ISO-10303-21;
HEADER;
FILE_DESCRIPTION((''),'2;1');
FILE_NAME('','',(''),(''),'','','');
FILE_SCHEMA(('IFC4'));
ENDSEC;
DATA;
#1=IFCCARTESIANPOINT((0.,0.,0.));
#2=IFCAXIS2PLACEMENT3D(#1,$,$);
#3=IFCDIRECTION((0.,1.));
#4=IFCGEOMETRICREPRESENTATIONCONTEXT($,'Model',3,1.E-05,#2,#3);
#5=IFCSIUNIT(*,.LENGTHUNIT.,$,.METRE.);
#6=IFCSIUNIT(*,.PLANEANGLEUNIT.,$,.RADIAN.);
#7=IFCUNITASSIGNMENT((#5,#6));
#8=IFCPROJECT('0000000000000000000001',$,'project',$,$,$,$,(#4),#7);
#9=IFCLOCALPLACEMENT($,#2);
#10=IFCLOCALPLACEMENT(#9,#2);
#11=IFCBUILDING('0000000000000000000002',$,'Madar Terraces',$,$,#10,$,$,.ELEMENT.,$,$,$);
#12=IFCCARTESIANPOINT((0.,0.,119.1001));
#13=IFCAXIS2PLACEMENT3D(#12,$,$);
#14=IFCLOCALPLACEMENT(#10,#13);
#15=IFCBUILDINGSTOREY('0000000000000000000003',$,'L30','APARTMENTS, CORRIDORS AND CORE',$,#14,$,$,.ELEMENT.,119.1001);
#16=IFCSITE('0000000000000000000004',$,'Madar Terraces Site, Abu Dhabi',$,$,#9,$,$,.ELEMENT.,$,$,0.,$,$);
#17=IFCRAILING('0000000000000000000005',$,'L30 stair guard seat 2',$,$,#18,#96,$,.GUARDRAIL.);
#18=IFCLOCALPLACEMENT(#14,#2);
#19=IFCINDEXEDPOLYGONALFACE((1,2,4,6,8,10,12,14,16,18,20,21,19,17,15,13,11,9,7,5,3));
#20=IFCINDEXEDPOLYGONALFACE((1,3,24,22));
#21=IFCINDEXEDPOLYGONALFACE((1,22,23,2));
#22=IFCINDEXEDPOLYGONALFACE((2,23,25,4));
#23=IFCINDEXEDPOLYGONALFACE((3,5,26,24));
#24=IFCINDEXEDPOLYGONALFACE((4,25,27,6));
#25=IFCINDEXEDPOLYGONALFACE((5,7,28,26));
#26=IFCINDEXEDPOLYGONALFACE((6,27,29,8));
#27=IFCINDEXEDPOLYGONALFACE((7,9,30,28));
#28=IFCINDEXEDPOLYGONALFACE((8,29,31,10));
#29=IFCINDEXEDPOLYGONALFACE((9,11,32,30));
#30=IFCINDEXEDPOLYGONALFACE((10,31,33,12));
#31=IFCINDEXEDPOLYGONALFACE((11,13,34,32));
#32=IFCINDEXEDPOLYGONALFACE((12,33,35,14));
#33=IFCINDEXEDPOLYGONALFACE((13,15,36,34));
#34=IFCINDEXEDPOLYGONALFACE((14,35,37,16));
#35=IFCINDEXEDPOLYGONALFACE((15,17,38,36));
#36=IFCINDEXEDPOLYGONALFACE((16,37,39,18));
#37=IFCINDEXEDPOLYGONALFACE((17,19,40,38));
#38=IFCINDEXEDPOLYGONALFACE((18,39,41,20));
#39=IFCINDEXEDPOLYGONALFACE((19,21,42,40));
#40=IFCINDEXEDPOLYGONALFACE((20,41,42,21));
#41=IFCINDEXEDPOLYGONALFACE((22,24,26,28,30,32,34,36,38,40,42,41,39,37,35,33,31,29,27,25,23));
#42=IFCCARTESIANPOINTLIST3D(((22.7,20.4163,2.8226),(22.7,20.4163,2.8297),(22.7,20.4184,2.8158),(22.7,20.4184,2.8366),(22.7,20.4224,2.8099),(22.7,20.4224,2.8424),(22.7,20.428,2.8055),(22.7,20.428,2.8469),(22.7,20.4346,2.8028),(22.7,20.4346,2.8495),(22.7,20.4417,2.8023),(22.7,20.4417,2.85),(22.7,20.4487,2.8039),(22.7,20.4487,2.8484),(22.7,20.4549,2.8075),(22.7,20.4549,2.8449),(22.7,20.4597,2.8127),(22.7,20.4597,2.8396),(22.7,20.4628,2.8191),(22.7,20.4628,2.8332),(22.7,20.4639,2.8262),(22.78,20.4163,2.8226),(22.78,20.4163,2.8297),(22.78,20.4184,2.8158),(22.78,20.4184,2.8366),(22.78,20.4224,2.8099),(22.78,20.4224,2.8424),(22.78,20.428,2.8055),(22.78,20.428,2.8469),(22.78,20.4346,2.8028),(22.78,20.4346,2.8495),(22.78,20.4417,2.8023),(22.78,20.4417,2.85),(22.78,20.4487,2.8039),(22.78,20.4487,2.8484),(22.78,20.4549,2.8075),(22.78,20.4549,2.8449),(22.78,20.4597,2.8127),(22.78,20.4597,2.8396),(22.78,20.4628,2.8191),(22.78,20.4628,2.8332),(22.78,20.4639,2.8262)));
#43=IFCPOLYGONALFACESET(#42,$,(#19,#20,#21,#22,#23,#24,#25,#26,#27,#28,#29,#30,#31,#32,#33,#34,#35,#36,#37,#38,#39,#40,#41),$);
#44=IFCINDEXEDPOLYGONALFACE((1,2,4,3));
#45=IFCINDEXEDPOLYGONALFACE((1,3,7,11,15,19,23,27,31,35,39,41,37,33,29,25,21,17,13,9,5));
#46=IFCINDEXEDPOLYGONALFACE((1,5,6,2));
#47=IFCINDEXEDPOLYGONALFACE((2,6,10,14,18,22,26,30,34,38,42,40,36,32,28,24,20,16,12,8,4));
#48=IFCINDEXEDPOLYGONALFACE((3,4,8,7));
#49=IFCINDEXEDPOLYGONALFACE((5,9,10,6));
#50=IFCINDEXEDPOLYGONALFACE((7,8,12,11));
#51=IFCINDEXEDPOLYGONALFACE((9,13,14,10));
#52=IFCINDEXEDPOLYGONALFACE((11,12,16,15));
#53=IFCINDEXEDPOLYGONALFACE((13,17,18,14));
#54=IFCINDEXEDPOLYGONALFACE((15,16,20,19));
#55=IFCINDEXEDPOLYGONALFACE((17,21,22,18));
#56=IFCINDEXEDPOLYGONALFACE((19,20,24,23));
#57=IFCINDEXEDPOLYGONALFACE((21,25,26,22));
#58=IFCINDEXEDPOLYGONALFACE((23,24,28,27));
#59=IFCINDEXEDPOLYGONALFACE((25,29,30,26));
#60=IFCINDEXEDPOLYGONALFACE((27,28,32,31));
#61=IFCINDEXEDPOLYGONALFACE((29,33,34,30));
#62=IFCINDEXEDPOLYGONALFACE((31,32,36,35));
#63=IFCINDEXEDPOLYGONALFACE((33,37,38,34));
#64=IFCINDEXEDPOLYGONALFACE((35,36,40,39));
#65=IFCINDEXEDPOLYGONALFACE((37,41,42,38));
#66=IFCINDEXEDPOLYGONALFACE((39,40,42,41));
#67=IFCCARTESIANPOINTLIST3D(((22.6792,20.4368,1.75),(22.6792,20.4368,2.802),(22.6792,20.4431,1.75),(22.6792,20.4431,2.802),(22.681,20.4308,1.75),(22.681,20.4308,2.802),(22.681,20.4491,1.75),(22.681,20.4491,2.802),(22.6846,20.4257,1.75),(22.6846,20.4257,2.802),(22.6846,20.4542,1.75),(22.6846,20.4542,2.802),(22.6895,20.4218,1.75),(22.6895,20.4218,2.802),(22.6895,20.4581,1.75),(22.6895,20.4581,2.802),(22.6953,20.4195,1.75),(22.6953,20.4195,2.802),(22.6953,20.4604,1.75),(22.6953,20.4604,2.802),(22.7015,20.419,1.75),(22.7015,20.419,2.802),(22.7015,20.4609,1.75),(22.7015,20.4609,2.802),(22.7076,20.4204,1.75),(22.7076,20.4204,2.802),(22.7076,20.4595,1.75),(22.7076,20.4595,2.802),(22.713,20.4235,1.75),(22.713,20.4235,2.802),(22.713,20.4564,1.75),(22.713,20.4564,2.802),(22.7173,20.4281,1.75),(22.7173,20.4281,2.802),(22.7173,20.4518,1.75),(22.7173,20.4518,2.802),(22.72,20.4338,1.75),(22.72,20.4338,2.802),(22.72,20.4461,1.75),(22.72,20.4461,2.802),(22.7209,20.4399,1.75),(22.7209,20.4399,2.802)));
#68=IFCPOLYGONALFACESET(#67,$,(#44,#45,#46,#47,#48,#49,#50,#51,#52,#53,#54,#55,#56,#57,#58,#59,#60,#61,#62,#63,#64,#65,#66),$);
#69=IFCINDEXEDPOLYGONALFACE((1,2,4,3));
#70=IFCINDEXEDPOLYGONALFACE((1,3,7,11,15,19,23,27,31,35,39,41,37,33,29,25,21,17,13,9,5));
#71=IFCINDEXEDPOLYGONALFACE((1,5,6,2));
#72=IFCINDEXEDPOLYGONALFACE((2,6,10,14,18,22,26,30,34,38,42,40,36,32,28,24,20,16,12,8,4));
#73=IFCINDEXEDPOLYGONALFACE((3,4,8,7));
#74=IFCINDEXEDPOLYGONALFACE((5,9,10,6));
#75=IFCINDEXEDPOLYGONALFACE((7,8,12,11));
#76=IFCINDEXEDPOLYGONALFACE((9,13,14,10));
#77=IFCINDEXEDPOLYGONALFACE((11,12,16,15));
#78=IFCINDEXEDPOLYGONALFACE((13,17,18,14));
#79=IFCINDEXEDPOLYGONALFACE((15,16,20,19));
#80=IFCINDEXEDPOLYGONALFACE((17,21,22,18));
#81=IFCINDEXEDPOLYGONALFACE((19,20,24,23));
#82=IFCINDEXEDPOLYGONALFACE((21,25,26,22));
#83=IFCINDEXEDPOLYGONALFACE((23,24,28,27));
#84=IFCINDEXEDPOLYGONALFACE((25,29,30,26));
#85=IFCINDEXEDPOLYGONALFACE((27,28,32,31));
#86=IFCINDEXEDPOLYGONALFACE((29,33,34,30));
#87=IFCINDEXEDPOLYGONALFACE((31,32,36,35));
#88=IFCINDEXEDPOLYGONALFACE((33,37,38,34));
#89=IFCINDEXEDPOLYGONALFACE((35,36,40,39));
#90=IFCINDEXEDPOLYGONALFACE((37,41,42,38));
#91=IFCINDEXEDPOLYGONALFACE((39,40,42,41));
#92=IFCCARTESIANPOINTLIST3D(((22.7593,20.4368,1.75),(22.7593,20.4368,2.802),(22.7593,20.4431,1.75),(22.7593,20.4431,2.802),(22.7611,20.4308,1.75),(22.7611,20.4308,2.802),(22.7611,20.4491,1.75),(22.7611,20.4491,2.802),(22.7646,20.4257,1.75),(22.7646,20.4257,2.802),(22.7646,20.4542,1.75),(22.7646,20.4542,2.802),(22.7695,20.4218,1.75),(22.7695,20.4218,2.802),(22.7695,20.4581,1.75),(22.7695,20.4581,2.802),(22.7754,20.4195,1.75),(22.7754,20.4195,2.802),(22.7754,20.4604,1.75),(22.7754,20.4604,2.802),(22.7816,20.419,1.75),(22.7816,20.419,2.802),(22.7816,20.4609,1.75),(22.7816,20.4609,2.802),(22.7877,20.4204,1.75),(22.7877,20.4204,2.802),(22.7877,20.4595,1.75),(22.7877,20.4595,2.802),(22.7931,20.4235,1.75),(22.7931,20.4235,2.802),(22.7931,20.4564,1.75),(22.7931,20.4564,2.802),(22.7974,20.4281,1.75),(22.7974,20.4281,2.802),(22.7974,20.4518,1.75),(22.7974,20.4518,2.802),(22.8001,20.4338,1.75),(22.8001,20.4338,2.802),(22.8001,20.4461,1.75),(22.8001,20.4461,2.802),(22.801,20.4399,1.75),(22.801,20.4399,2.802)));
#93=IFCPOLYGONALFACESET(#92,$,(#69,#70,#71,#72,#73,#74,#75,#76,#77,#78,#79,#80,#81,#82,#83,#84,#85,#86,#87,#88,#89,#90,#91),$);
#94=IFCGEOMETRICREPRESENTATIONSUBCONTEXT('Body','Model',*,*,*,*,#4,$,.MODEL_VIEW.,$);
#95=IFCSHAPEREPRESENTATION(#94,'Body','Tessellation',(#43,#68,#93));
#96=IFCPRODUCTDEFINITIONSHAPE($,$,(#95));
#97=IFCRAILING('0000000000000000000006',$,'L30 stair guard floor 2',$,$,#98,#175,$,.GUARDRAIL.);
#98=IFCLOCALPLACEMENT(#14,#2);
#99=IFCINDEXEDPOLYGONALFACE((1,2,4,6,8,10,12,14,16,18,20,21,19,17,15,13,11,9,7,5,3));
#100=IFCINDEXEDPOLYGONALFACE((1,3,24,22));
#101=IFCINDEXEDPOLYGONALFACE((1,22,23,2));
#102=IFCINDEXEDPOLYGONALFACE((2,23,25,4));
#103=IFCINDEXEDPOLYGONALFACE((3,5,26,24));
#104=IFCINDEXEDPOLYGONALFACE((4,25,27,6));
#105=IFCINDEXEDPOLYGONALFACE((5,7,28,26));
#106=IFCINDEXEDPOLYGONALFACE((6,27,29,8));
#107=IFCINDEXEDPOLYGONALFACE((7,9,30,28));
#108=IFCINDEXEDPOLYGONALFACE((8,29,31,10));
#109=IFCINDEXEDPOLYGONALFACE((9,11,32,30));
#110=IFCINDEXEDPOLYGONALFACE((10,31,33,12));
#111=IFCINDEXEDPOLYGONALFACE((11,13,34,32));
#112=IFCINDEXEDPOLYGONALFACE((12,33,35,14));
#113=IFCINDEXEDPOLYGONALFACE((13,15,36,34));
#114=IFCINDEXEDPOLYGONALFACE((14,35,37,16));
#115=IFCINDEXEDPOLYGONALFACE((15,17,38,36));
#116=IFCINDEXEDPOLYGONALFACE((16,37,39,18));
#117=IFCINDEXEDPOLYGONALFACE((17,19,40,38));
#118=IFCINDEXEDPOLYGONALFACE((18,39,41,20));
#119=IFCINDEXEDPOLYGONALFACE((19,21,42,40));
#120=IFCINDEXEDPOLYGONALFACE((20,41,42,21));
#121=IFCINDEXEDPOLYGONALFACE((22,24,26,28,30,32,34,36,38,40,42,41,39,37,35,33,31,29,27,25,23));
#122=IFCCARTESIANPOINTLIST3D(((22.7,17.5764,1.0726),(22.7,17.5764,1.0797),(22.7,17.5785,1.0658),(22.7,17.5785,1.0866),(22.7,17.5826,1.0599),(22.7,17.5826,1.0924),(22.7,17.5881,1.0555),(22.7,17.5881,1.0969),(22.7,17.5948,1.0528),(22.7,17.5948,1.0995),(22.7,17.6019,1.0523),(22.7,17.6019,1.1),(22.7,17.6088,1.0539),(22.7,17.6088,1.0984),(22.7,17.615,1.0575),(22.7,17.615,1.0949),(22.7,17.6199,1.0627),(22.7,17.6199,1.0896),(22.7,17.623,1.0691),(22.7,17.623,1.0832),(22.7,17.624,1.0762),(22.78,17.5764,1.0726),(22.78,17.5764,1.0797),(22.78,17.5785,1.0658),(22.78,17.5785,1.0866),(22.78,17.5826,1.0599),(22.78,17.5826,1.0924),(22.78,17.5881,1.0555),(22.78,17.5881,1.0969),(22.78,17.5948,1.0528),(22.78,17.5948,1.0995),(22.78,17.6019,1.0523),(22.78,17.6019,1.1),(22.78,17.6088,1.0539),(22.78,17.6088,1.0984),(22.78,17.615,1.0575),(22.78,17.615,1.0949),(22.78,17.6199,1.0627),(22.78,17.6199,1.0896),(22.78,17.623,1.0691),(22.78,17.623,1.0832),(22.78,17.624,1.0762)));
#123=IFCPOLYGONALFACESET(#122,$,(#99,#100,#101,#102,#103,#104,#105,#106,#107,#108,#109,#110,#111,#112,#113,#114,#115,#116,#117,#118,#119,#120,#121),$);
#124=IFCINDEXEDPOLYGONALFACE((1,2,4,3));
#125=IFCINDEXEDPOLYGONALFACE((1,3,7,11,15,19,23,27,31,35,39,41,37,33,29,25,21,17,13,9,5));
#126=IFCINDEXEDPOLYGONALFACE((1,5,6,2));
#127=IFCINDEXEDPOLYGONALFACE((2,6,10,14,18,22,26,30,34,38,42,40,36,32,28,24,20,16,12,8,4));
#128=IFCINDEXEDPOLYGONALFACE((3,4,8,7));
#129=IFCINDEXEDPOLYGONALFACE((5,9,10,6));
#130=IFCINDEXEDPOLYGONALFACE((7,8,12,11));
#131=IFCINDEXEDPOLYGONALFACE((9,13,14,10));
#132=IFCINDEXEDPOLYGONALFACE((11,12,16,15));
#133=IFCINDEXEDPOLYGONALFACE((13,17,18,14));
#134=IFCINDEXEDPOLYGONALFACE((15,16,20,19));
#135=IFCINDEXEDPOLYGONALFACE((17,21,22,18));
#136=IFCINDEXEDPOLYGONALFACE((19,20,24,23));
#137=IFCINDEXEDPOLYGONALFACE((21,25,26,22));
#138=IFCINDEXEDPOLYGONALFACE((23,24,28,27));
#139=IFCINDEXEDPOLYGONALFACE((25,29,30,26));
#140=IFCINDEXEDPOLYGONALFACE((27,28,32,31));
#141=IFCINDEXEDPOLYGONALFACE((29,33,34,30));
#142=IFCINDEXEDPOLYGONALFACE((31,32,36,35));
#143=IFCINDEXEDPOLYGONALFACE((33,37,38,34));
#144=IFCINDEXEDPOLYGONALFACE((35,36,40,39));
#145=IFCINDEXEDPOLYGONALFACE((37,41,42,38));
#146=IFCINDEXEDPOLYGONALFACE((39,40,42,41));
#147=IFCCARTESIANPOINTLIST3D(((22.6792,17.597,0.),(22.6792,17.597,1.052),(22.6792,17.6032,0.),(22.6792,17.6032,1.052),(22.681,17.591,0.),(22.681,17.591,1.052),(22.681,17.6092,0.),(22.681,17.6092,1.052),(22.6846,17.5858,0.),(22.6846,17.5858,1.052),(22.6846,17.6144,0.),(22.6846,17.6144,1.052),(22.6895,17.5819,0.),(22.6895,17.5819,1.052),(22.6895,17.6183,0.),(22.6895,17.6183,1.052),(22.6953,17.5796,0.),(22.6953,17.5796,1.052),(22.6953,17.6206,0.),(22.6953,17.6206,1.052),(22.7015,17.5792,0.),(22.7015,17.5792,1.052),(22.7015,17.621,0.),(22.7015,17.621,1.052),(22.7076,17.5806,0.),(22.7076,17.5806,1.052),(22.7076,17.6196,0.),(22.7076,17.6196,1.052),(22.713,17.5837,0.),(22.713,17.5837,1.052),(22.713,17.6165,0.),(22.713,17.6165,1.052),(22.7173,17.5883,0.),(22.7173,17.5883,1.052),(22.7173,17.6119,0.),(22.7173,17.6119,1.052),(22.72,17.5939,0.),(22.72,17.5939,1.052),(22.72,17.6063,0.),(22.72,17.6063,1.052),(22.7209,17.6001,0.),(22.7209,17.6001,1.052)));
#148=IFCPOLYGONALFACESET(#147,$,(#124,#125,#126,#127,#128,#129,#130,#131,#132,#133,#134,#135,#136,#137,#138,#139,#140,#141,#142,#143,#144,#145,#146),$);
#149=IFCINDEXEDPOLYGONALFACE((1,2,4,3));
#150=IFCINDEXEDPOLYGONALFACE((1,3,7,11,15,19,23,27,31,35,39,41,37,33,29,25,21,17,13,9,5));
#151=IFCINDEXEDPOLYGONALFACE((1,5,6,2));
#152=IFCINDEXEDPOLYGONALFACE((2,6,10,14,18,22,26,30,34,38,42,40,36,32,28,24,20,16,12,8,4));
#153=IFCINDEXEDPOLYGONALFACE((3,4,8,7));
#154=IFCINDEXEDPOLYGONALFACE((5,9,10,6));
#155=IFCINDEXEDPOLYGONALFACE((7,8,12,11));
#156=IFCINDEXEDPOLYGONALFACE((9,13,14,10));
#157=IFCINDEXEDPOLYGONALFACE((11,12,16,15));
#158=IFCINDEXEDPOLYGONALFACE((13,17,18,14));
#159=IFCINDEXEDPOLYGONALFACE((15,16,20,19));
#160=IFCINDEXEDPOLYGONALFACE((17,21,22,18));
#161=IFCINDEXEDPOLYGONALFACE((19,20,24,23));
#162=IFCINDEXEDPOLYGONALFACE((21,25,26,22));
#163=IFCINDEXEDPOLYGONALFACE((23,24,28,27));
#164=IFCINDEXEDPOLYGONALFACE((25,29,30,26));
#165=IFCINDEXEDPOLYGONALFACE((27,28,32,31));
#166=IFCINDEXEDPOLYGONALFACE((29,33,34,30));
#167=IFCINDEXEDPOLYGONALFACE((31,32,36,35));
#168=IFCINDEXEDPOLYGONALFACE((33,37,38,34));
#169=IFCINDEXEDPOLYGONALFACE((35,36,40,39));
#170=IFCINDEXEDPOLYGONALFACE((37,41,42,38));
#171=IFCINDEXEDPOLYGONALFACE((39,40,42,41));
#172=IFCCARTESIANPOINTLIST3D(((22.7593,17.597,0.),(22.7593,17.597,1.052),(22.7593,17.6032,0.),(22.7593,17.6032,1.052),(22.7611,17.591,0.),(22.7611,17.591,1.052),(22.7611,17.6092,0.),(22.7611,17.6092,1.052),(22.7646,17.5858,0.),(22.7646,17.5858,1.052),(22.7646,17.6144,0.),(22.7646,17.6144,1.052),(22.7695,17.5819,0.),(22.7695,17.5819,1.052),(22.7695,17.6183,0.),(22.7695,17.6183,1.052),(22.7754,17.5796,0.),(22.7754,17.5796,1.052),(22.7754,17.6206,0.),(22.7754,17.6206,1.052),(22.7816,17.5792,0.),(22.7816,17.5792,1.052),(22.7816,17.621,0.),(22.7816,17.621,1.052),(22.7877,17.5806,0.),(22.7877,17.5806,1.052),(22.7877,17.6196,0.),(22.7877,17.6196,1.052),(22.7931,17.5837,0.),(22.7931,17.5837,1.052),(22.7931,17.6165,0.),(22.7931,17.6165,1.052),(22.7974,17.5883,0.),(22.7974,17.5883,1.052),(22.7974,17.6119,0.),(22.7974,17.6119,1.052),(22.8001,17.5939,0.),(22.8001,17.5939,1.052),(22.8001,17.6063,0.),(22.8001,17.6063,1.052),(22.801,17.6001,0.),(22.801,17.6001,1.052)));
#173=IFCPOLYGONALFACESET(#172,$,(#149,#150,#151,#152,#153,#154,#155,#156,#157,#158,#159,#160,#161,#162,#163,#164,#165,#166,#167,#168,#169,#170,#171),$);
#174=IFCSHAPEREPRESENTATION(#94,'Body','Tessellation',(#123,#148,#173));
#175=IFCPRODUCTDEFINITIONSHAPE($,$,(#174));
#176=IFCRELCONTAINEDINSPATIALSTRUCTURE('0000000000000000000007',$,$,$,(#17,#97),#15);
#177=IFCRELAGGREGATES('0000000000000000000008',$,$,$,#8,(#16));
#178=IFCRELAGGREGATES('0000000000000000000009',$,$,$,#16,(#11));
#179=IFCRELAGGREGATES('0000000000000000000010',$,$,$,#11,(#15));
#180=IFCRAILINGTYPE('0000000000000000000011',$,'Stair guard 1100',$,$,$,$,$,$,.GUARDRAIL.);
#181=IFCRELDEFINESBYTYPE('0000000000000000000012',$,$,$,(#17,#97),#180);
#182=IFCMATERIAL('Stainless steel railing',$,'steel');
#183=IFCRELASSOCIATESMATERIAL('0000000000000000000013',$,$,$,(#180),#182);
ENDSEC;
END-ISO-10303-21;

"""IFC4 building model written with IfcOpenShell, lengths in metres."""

from ifc_helpers import new_model, si_unit, direction, frame, origin, origin_2d, place, context, subcontext, project, spatial, circle, extrude, material, type_object, element, save


model = new_model("IFC4")

# Units and contexts
model_context = context("Model", 3, precision=1e-05, world=origin(), true_north=direction((0.0, 1.0)))
body_context = subcontext(model_context, "Body", "Model", "MODEL_VIEW")
ifc_project = project(units=[si_unit("LENGTHUNIT", "METRE"), si_unit("PLANEANGLEUNIT", "RADIAN")], contexts=[model_context])

# Site, building, storey
site_placement = place(None, origin())
site = spatial("IfcSite", under=ifc_project, at=site_placement, Name="Madar Terraces Site, Abu Dhabi", CompositionType="ELEMENT", RefElevation=0.0)
building_placement = place(site_placement, origin())
building = spatial("IfcBuilding", under=site, at=building_placement, Name="Madar Terraces", CompositionType="ELEMENT")
storey_placement = place(building_placement, frame((0.0, 0.0, 119.1001)))
storey = spatial("IfcBuildingStorey", under=building, at=storey_placement, Name="L30", Description="APARTMENTS, CORRIDORS AND CORE", CompositionType="ELEMENT", Elevation=119.1001)

# Railings
ifc_material_1 = material(Name="Stainless steel railing", Category="steel")
railing_type_1 = type_object("IfcRailingType", Name="Stair guard 1100", PredefinedType="GUARDRAIL", material=ifc_material_1)
for number, where, name in (
    (1, (22.7, 20.4399, 1.75), "L30 stair guard seat 2"),
    (2, (22.7, 17.6001, 0.0), "L30 stair guard floor 2"),
):
    element("IfcRailing", number, at=place(storey_placement, frame(where)), inside=storey, type_object=railing_type_1, Name=name, PredefinedType="GUARDRAIL", context=body_context, shape_type="SweptSolid", body=[
        extrude(circle(Radius=0.0239, at=origin_2d()), frame((0.0, 0.0, 1.0762), z_axis=(1.0, 0.0, 0.0), x_axis=(0.0, 1.0, 0.0)), (0.0, 0.0, 1.0), 0.0801),
        extrude(circle(Radius=0.021, at=origin_2d()), origin(), (0.0, 0.0, 1.0), 1.052),
        extrude(circle(Radius=0.021, at=origin_2d()), frame((0.0801, 0.0, 0.0)), (0.0, 0.0, 1.0), 1.052),
    ])

save(model, "model.ifc")
